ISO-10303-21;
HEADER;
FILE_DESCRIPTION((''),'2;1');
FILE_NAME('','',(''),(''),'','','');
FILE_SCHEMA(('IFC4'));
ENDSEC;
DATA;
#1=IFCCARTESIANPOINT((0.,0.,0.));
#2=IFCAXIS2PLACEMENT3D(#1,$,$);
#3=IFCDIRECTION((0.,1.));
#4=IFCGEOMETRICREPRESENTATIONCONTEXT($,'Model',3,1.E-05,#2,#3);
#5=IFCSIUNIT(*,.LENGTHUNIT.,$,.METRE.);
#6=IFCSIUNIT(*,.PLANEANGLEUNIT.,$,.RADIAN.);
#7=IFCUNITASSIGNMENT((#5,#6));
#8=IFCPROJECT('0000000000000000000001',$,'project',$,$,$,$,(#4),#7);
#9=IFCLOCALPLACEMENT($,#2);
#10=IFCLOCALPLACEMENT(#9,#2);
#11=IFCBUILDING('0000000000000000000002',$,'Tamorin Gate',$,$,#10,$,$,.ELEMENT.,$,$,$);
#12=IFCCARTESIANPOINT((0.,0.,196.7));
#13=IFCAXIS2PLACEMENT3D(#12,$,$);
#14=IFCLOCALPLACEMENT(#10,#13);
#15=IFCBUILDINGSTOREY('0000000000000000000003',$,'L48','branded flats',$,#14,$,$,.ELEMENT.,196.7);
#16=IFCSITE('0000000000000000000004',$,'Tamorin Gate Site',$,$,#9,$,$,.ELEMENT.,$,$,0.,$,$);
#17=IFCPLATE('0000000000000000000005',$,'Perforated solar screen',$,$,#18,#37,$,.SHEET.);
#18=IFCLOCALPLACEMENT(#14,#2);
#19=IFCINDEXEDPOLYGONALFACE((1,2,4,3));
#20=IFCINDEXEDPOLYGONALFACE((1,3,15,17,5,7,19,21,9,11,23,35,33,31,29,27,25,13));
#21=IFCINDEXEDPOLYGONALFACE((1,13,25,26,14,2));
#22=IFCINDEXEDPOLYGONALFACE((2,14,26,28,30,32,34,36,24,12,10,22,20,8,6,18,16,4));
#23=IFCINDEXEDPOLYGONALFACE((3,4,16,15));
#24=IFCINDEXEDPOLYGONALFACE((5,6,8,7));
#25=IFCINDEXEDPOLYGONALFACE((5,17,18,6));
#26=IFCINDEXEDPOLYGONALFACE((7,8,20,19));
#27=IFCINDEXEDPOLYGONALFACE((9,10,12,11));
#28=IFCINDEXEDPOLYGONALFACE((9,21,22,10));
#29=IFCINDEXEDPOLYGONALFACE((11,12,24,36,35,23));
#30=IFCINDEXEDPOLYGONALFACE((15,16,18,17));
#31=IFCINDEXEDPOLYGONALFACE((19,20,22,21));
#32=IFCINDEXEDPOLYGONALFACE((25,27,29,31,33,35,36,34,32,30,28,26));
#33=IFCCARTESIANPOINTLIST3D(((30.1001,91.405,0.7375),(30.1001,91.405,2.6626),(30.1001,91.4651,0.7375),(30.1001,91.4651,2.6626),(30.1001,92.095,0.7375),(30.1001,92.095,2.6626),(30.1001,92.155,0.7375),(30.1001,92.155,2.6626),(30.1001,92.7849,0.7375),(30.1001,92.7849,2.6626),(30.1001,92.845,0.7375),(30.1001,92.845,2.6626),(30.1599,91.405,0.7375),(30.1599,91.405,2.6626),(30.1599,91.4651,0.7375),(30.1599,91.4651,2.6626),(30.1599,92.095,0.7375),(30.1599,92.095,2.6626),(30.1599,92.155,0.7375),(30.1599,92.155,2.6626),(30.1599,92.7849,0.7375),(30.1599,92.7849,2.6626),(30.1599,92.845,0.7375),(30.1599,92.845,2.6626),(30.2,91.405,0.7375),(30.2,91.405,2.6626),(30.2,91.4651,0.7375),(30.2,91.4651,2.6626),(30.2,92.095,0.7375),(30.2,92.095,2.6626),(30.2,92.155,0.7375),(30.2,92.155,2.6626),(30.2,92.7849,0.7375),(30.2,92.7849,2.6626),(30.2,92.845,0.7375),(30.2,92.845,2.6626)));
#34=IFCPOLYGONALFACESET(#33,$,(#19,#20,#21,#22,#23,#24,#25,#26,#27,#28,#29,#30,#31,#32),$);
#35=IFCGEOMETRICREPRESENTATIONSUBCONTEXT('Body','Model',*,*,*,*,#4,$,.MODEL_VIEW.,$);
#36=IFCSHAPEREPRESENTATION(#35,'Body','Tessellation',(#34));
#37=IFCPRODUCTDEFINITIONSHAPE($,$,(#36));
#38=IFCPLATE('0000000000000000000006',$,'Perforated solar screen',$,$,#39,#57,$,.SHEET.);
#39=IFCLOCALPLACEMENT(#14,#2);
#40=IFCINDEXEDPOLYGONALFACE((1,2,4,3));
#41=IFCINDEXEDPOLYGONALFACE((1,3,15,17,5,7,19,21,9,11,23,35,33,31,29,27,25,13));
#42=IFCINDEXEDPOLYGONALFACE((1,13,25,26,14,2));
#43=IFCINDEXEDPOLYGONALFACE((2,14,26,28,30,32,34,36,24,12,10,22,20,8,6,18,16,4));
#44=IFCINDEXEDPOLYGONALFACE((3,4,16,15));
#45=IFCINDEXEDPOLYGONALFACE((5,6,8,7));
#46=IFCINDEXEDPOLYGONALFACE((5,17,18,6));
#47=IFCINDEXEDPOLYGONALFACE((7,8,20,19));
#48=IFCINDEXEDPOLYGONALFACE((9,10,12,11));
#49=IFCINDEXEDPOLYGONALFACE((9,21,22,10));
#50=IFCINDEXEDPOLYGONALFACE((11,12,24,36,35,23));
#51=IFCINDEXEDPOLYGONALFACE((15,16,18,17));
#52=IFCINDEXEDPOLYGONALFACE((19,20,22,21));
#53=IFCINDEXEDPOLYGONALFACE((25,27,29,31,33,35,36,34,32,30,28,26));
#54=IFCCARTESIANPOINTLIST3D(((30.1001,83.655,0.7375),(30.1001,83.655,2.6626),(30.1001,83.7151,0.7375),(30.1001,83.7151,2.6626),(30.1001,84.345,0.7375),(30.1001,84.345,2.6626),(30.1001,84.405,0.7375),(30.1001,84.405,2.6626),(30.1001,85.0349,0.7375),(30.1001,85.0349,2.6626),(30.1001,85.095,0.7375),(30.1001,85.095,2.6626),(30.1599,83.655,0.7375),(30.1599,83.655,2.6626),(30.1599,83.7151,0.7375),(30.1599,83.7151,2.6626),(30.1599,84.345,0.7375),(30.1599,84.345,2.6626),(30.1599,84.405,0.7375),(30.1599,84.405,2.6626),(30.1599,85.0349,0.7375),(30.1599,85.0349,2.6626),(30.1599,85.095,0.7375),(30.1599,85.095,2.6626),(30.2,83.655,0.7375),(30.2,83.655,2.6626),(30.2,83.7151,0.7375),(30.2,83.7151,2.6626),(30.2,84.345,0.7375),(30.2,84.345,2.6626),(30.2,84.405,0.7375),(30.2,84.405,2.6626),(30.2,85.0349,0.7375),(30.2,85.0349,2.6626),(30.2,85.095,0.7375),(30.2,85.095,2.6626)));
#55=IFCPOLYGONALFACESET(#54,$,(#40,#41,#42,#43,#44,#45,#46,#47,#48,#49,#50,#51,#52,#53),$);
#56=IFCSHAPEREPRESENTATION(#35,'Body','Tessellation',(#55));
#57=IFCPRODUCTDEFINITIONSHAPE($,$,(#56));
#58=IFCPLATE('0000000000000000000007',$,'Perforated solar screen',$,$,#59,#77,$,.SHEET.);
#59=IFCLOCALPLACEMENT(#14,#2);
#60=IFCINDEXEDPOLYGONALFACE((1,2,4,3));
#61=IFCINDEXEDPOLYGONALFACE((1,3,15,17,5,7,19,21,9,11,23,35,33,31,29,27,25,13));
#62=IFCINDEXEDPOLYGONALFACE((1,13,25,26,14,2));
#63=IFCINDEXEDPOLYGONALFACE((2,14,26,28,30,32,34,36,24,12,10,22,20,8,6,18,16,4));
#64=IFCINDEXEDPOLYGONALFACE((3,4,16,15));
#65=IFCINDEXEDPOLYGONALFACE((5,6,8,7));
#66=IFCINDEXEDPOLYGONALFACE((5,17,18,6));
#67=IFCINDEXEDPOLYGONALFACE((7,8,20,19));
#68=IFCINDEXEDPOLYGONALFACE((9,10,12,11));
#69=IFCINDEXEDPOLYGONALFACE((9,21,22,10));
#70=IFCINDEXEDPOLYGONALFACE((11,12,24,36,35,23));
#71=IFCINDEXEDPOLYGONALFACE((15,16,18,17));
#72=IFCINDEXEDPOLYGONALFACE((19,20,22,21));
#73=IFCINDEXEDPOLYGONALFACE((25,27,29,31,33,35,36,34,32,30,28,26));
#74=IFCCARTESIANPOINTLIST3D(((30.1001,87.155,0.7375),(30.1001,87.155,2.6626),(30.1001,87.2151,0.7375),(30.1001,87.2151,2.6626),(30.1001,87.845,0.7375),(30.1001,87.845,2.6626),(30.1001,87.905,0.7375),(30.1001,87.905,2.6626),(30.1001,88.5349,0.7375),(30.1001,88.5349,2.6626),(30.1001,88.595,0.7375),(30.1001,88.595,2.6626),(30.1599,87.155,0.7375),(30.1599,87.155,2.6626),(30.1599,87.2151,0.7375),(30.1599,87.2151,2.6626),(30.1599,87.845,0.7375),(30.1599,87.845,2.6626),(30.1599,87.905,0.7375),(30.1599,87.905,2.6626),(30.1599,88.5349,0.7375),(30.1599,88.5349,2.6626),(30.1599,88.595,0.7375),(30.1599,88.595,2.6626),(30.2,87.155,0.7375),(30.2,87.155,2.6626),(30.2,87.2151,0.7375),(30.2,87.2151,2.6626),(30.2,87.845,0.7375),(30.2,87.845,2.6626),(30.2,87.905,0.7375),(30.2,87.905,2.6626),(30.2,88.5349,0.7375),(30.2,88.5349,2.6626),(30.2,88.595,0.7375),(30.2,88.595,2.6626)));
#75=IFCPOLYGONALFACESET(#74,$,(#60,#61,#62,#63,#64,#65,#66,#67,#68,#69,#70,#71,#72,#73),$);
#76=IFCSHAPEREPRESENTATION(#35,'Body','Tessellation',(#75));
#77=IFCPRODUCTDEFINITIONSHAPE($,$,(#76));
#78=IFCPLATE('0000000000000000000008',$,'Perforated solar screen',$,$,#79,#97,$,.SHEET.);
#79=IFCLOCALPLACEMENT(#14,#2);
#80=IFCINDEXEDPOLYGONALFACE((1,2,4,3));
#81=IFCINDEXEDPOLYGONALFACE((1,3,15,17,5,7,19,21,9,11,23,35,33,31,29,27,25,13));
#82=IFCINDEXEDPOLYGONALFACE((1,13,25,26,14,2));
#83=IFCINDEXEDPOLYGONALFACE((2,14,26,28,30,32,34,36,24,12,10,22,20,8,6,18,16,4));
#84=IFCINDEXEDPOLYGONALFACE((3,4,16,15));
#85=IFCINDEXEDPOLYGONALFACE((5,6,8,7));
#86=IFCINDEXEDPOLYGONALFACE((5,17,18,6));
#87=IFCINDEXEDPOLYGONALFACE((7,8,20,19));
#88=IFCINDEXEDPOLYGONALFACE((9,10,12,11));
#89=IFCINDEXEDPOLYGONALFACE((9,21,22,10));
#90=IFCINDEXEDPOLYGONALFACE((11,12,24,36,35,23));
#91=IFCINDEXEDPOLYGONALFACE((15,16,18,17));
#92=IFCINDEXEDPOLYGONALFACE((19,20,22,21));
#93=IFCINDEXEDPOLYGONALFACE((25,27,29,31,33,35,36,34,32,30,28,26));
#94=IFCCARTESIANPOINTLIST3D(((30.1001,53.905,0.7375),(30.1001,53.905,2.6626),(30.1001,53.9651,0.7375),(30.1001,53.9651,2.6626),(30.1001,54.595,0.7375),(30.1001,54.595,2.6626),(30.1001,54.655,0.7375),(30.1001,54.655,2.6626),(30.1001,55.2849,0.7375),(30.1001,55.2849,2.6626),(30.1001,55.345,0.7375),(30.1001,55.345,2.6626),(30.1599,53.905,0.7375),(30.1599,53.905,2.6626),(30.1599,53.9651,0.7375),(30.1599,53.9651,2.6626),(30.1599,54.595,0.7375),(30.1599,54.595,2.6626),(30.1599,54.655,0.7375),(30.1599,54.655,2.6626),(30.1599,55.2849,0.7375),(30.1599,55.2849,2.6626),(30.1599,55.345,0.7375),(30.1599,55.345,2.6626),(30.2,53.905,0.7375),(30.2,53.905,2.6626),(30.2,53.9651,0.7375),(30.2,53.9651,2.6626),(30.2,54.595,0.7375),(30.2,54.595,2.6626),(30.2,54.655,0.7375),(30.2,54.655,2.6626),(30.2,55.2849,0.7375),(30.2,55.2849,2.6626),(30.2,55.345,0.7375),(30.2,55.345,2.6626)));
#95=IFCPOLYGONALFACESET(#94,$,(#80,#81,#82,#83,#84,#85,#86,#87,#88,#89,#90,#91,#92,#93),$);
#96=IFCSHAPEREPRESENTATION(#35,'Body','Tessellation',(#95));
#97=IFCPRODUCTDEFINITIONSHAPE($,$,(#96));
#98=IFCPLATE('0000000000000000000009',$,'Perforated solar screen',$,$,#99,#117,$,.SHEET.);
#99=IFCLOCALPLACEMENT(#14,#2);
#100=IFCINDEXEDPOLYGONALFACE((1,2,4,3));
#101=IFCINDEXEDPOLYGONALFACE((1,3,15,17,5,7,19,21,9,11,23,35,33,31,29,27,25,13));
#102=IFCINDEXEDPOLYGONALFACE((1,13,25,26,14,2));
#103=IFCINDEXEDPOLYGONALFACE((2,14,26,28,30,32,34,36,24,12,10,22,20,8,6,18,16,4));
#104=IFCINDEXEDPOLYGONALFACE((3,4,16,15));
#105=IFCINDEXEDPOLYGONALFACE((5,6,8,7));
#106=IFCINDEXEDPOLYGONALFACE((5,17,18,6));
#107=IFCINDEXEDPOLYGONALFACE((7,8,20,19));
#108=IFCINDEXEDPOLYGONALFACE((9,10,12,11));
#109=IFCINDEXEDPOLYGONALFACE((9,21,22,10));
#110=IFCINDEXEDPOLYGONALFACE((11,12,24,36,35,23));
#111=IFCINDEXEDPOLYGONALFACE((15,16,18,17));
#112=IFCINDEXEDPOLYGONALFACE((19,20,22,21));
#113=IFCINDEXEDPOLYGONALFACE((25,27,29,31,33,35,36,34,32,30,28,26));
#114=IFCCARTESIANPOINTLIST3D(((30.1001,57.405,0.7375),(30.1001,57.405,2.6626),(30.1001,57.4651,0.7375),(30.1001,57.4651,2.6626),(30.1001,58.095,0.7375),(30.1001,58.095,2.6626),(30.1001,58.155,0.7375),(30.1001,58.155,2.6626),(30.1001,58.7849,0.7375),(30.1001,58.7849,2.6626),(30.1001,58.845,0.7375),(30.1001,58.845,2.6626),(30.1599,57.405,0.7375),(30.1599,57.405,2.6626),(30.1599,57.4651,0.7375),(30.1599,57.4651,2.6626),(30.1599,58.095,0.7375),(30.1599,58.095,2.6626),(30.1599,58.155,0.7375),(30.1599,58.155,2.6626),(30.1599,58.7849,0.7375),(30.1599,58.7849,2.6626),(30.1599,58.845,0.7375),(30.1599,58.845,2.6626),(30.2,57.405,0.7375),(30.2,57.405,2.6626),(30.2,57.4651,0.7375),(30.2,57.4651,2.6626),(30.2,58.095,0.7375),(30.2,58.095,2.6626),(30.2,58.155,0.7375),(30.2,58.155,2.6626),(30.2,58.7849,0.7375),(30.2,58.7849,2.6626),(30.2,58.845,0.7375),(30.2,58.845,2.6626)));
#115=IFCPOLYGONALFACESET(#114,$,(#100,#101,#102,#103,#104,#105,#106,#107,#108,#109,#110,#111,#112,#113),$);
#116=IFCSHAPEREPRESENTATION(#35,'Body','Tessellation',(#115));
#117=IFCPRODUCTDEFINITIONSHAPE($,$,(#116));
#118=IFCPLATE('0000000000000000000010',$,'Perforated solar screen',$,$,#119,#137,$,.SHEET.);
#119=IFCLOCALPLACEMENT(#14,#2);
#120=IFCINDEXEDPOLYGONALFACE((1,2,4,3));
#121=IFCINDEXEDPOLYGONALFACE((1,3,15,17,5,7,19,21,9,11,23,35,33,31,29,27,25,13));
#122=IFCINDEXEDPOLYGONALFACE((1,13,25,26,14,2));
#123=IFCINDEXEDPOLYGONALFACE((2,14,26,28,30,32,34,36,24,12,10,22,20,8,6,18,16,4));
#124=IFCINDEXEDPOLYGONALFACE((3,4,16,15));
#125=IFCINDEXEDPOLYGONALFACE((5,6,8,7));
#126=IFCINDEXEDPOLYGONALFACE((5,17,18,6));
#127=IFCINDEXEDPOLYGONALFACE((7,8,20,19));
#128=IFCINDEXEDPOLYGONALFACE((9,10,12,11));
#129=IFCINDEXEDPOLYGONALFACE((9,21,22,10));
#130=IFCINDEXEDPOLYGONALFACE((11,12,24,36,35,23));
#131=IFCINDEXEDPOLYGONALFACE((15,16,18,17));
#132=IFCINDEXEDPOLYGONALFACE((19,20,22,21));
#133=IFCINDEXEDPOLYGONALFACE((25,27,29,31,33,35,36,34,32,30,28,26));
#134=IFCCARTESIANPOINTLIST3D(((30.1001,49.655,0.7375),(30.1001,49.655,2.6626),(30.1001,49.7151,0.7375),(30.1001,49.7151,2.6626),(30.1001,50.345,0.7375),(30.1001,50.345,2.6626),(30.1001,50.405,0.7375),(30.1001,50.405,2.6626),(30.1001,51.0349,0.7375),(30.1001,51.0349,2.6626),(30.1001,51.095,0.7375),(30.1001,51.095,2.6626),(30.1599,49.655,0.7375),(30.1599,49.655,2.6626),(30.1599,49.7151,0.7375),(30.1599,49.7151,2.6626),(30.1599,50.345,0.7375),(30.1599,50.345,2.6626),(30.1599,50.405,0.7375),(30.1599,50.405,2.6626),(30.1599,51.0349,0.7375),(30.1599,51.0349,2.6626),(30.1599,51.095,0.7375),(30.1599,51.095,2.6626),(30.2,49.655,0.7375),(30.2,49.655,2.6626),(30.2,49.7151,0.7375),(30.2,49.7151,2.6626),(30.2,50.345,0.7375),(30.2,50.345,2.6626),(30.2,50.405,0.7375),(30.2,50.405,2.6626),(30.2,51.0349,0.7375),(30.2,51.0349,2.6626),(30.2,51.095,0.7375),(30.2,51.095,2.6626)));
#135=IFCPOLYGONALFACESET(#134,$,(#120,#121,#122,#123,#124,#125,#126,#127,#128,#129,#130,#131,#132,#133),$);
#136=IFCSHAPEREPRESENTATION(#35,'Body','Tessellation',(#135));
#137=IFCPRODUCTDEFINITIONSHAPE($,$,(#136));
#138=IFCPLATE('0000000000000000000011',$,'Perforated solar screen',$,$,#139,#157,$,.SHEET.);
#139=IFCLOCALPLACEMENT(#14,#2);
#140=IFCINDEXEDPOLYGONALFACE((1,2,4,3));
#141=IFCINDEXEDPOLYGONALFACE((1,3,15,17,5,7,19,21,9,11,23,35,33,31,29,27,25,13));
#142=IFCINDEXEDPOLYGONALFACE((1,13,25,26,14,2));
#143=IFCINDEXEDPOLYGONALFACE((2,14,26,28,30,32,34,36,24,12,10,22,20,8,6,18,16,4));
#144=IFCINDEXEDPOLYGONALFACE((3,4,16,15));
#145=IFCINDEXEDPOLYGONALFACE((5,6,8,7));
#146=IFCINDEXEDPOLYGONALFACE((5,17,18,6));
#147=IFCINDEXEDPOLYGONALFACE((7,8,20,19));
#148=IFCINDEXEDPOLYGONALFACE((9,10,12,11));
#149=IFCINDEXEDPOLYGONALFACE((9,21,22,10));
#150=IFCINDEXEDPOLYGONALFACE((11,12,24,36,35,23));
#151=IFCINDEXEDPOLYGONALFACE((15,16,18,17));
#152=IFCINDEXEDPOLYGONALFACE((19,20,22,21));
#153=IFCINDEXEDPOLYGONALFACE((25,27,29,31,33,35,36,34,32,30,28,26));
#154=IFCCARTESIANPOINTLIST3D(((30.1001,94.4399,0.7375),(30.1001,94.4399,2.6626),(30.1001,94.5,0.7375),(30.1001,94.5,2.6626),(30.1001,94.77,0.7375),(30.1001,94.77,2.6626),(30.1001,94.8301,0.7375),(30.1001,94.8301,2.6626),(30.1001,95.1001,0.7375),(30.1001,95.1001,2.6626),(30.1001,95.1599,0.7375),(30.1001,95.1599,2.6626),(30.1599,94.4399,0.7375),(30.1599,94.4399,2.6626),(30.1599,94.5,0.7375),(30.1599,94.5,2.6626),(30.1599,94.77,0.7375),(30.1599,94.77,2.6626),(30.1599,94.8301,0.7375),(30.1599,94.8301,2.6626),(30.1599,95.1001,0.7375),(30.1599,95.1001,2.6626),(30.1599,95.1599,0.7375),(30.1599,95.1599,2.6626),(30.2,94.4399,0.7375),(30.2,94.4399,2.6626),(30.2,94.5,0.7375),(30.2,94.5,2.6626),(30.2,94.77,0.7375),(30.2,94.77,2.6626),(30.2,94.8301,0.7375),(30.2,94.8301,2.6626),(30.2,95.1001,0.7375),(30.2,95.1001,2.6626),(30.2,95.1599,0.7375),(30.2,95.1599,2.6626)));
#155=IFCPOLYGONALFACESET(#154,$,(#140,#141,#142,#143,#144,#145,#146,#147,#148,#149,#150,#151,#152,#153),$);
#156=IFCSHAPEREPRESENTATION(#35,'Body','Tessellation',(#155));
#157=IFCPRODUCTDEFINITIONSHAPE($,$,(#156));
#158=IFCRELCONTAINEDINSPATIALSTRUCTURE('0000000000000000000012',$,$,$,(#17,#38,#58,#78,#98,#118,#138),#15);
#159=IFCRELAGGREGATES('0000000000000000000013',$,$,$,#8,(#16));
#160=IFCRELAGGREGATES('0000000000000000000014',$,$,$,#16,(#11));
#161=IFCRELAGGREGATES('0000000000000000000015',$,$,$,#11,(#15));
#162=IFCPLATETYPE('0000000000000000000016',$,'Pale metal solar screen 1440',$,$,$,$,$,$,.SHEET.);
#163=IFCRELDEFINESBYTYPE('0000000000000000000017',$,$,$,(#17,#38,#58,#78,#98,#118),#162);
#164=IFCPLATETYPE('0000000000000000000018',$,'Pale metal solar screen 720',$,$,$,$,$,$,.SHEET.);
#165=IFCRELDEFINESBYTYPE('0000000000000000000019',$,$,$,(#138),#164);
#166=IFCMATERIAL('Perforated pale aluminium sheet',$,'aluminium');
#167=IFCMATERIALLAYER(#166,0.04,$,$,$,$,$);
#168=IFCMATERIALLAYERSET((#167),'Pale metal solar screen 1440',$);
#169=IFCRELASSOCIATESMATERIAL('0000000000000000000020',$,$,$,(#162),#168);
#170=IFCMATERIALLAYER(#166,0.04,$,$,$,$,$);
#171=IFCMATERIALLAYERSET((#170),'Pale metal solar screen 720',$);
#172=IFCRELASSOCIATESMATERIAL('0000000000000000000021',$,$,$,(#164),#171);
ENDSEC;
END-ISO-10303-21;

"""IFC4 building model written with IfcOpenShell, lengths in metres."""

from ifc_helpers import new_model, si_unit, direction, frame, origin, place, context, subcontext, project, spatial, polyline, outline, extrude, material, layer, layer_set, type_object, element, save


model = new_model("IFC4")

# Units and contexts
model_context = context("Model", 3, precision=1e-05, world=origin(), true_north=direction((0.0, 1.0)))
body_context = subcontext(model_context, "Body", "Model", "MODEL_VIEW")
ifc_project = project(units=[si_unit("LENGTHUNIT", "METRE"), si_unit("PLANEANGLEUNIT", "RADIAN")], contexts=[model_context])

# Site, building, storey
site_placement = place(None, origin())
site = spatial("IfcSite", under=ifc_project, at=site_placement, Name="Tamorin Gate Site", CompositionType="ELEMENT", RefElevation=0.0)
building_placement = place(site_placement, origin())
building = spatial("IfcBuilding", under=site, at=building_placement, Name="Tamorin Gate", CompositionType="ELEMENT")
storey_placement = place(building_placement, frame((0.0, 0.0, 196.7)))
storey = spatial("IfcBuildingStorey", under=building, at=storey_placement, Name="L48", Description="branded flats", CompositionType="ELEMENT", Elevation=196.7)

# Plates
ifc_material_1 = material(Name="Perforated pale aluminium sheet", Category="aluminium")
ifc_layer_1 = layer(ifc_material_1, 0.04)
ifc_layer_set_1 = layer_set([ifc_layer_1], Name="Pale metal solar screen 1440")
plate_type_1 = type_object("IfcPlateType", Name="Pale metal solar screen 1440", PredefinedType="SHEET", material=ifc_layer_set_1)
plate_1_placement = place(storey_placement, frame((0.0, 0.0, 0.7375)))
element("IfcPlate", 1, at=plate_1_placement, inside=storey, type_object=plate_type_1, Name="Perforated solar screen", PredefinedType="SHEET", context=body_context, shape_type="SweptSolid", body=[
    extrude(outline(polyline([(30.1599, 92.845), (30.2, 92.845), (30.2, 92.7849), (30.2, 92.155), (30.2, 92.095), (30.2, 91.4651), (30.2, 91.405), (30.2, 91.405), (30.1599, 91.405), (30.1599, 91.405), (30.1001, 91.405), (30.1001, 91.4651), (30.1599, 91.4651), (30.1599, 92.095), (30.1001, 92.095), (30.1001, 92.155), (30.1599, 92.155), (30.1599, 92.7849), (30.1001, 92.7849), (30.1001, 92.845), (30.1599, 92.845)])), origin(), (0.0, 0.0, 1.0), 1.925),
])
plate_2_placement = place(storey_placement, frame((0.0, 0.0, 0.7375)))
element("IfcPlate", 2, at=plate_2_placement, inside=storey, type_object=plate_type_1, Name="Perforated solar screen", PredefinedType="SHEET", context=body_context, shape_type="SweptSolid", body=[
    extrude(outline(polyline([(30.1599, 85.095), (30.2, 85.095), (30.2, 85.0349), (30.2, 84.405), (30.2, 84.345), (30.2, 83.7151), (30.2, 83.655), (30.1599, 83.655), (30.1001, 83.655), (30.1001, 83.7151), (30.1599, 83.7151), (30.1599, 84.345), (30.1001, 84.345), (30.1001, 84.405), (30.1599, 84.405), (30.1599, 85.0349), (30.1001, 85.0349), (30.1001, 85.095), (30.1599, 85.095)])), origin(), (0.0, 0.0, 1.0), 1.925),
])
plate_3_placement = place(storey_placement, frame((0.0, 0.0, 0.7375)))
element("IfcPlate", 3, at=plate_3_placement, inside=storey, type_object=plate_type_1, Name="Perforated solar screen", PredefinedType="SHEET", context=body_context, shape_type="SweptSolid", body=[
    extrude(outline(polyline([(30.1599, 88.595), (30.2, 88.595), (30.2, 88.5349), (30.2, 87.905), (30.2, 87.845), (30.2, 87.2151), (30.2, 87.155), (30.1599, 87.155), (30.1001, 87.155), (30.1001, 87.2151), (30.1599, 87.2151), (30.1599, 87.845), (30.1001, 87.845), (30.1001, 87.905), (30.1599, 87.905), (30.1599, 88.5349), (30.1001, 88.5349), (30.1001, 88.595), (30.1599, 88.595)])), origin(), (0.0, 0.0, 1.0), 1.925),
])
plate_4_placement = place(storey_placement, frame((0.0, 0.0, 0.7375)))
element("IfcPlate", 4, at=plate_4_placement, inside=storey, type_object=plate_type_1, Name="Perforated solar screen", PredefinedType="SHEET", context=body_context, shape_type="SweptSolid", body=[
    extrude(outline(polyline([(30.1599, 55.345), (30.2, 55.345), (30.2, 55.2849), (30.2, 54.655), (30.2, 54.595), (30.2, 53.9651), (30.2, 53.905), (30.1599, 53.905), (30.1001, 53.905), (30.1001, 53.9651), (30.1599, 53.9651), (30.1599, 54.595), (30.1001, 54.595), (30.1001, 54.655), (30.1599, 54.655), (30.1599, 55.2849), (30.1001, 55.2849), (30.1001, 55.345), (30.1599, 55.345)])), origin(), (0.0, 0.0, 1.0), 1.925),
])
plate_5_placement = place(storey_placement, frame((0.0, 0.0, 0.7375)))
element("IfcPlate", 5, at=plate_5_placement, inside=storey, type_object=plate_type_1, Name="Perforated solar screen", PredefinedType="SHEET", context=body_context, shape_type="SweptSolid", body=[
    extrude(outline(polyline([(30.1599, 58.845), (30.2, 58.845), (30.2, 58.7849), (30.2, 58.155), (30.2, 58.095), (30.2, 57.4651), (30.2, 57.405), (30.1599, 57.405), (30.1001, 57.405), (30.1001, 57.4651), (30.1599, 57.4651), (30.1599, 58.095), (30.1001, 58.095), (30.1001, 58.155), (30.1599, 58.155), (30.1599, 58.7849), (30.1001, 58.7849), (30.1001, 58.845), (30.1599, 58.845)])), origin(), (0.0, 0.0, 1.0), 1.925),
])
plate_6_placement = place(storey_placement, frame((0.0, 0.0, 0.7375)))
element("IfcPlate", 6, at=plate_6_placement, inside=storey, type_object=plate_type_1, Name="Perforated solar screen", PredefinedType="SHEET", context=body_context, shape_type="SweptSolid", body=[
    extrude(outline(polyline([(30.1599, 51.095), (30.2, 51.095), (30.2, 51.0349), (30.2, 50.405), (30.2, 50.345), (30.2, 49.7151), (30.2, 49.655), (30.1599, 49.655), (30.1001, 49.655), (30.1001, 49.7151), (30.1599, 49.7151), (30.1599, 50.345), (30.1001, 50.345), (30.1001, 50.405), (30.1599, 50.405), (30.1599, 51.0349), (30.1001, 51.0349), (30.1001, 51.095), (30.1599, 51.095)])), origin(), (0.0, 0.0, 1.0), 1.925),
])
ifc_layer_2 = layer(ifc_material_1, 0.04)
ifc_layer_set_2 = layer_set([ifc_layer_2], Name="Pale metal solar screen 720")
plate_type_2 = type_object("IfcPlateType", Name="Pale metal solar screen 720", PredefinedType="SHEET", material=ifc_layer_set_2)
plate_7_placement = place(storey_placement, frame((0.0, 0.0, 0.7375)))
element("IfcPlate", 7, at=plate_7_placement, inside=storey, type_object=plate_type_2, Name="Perforated solar screen", PredefinedType="SHEET", context=body_context, shape_type="SweptSolid", body=[
    extrude(outline(polyline([(30.1599, 95.1599), (30.2, 95.1599), (30.2, 95.1001), (30.2, 94.8301), (30.2, 94.77), (30.2, 94.5), (30.2, 94.4399), (30.1599, 94.4399), (30.1001, 94.4399), (30.1001, 94.5), (30.1599, 94.5), (30.1599, 94.77), (30.1001, 94.77), (30.1001, 94.8301), (30.1599, 94.8301), (30.1599, 95.1001), (30.1001, 95.1001), (30.1001, 95.1599), (30.1599, 95.1599)])), origin(), (0.0, 0.0, 1.0), 1.925),
])

save(model, "model.ifc")
